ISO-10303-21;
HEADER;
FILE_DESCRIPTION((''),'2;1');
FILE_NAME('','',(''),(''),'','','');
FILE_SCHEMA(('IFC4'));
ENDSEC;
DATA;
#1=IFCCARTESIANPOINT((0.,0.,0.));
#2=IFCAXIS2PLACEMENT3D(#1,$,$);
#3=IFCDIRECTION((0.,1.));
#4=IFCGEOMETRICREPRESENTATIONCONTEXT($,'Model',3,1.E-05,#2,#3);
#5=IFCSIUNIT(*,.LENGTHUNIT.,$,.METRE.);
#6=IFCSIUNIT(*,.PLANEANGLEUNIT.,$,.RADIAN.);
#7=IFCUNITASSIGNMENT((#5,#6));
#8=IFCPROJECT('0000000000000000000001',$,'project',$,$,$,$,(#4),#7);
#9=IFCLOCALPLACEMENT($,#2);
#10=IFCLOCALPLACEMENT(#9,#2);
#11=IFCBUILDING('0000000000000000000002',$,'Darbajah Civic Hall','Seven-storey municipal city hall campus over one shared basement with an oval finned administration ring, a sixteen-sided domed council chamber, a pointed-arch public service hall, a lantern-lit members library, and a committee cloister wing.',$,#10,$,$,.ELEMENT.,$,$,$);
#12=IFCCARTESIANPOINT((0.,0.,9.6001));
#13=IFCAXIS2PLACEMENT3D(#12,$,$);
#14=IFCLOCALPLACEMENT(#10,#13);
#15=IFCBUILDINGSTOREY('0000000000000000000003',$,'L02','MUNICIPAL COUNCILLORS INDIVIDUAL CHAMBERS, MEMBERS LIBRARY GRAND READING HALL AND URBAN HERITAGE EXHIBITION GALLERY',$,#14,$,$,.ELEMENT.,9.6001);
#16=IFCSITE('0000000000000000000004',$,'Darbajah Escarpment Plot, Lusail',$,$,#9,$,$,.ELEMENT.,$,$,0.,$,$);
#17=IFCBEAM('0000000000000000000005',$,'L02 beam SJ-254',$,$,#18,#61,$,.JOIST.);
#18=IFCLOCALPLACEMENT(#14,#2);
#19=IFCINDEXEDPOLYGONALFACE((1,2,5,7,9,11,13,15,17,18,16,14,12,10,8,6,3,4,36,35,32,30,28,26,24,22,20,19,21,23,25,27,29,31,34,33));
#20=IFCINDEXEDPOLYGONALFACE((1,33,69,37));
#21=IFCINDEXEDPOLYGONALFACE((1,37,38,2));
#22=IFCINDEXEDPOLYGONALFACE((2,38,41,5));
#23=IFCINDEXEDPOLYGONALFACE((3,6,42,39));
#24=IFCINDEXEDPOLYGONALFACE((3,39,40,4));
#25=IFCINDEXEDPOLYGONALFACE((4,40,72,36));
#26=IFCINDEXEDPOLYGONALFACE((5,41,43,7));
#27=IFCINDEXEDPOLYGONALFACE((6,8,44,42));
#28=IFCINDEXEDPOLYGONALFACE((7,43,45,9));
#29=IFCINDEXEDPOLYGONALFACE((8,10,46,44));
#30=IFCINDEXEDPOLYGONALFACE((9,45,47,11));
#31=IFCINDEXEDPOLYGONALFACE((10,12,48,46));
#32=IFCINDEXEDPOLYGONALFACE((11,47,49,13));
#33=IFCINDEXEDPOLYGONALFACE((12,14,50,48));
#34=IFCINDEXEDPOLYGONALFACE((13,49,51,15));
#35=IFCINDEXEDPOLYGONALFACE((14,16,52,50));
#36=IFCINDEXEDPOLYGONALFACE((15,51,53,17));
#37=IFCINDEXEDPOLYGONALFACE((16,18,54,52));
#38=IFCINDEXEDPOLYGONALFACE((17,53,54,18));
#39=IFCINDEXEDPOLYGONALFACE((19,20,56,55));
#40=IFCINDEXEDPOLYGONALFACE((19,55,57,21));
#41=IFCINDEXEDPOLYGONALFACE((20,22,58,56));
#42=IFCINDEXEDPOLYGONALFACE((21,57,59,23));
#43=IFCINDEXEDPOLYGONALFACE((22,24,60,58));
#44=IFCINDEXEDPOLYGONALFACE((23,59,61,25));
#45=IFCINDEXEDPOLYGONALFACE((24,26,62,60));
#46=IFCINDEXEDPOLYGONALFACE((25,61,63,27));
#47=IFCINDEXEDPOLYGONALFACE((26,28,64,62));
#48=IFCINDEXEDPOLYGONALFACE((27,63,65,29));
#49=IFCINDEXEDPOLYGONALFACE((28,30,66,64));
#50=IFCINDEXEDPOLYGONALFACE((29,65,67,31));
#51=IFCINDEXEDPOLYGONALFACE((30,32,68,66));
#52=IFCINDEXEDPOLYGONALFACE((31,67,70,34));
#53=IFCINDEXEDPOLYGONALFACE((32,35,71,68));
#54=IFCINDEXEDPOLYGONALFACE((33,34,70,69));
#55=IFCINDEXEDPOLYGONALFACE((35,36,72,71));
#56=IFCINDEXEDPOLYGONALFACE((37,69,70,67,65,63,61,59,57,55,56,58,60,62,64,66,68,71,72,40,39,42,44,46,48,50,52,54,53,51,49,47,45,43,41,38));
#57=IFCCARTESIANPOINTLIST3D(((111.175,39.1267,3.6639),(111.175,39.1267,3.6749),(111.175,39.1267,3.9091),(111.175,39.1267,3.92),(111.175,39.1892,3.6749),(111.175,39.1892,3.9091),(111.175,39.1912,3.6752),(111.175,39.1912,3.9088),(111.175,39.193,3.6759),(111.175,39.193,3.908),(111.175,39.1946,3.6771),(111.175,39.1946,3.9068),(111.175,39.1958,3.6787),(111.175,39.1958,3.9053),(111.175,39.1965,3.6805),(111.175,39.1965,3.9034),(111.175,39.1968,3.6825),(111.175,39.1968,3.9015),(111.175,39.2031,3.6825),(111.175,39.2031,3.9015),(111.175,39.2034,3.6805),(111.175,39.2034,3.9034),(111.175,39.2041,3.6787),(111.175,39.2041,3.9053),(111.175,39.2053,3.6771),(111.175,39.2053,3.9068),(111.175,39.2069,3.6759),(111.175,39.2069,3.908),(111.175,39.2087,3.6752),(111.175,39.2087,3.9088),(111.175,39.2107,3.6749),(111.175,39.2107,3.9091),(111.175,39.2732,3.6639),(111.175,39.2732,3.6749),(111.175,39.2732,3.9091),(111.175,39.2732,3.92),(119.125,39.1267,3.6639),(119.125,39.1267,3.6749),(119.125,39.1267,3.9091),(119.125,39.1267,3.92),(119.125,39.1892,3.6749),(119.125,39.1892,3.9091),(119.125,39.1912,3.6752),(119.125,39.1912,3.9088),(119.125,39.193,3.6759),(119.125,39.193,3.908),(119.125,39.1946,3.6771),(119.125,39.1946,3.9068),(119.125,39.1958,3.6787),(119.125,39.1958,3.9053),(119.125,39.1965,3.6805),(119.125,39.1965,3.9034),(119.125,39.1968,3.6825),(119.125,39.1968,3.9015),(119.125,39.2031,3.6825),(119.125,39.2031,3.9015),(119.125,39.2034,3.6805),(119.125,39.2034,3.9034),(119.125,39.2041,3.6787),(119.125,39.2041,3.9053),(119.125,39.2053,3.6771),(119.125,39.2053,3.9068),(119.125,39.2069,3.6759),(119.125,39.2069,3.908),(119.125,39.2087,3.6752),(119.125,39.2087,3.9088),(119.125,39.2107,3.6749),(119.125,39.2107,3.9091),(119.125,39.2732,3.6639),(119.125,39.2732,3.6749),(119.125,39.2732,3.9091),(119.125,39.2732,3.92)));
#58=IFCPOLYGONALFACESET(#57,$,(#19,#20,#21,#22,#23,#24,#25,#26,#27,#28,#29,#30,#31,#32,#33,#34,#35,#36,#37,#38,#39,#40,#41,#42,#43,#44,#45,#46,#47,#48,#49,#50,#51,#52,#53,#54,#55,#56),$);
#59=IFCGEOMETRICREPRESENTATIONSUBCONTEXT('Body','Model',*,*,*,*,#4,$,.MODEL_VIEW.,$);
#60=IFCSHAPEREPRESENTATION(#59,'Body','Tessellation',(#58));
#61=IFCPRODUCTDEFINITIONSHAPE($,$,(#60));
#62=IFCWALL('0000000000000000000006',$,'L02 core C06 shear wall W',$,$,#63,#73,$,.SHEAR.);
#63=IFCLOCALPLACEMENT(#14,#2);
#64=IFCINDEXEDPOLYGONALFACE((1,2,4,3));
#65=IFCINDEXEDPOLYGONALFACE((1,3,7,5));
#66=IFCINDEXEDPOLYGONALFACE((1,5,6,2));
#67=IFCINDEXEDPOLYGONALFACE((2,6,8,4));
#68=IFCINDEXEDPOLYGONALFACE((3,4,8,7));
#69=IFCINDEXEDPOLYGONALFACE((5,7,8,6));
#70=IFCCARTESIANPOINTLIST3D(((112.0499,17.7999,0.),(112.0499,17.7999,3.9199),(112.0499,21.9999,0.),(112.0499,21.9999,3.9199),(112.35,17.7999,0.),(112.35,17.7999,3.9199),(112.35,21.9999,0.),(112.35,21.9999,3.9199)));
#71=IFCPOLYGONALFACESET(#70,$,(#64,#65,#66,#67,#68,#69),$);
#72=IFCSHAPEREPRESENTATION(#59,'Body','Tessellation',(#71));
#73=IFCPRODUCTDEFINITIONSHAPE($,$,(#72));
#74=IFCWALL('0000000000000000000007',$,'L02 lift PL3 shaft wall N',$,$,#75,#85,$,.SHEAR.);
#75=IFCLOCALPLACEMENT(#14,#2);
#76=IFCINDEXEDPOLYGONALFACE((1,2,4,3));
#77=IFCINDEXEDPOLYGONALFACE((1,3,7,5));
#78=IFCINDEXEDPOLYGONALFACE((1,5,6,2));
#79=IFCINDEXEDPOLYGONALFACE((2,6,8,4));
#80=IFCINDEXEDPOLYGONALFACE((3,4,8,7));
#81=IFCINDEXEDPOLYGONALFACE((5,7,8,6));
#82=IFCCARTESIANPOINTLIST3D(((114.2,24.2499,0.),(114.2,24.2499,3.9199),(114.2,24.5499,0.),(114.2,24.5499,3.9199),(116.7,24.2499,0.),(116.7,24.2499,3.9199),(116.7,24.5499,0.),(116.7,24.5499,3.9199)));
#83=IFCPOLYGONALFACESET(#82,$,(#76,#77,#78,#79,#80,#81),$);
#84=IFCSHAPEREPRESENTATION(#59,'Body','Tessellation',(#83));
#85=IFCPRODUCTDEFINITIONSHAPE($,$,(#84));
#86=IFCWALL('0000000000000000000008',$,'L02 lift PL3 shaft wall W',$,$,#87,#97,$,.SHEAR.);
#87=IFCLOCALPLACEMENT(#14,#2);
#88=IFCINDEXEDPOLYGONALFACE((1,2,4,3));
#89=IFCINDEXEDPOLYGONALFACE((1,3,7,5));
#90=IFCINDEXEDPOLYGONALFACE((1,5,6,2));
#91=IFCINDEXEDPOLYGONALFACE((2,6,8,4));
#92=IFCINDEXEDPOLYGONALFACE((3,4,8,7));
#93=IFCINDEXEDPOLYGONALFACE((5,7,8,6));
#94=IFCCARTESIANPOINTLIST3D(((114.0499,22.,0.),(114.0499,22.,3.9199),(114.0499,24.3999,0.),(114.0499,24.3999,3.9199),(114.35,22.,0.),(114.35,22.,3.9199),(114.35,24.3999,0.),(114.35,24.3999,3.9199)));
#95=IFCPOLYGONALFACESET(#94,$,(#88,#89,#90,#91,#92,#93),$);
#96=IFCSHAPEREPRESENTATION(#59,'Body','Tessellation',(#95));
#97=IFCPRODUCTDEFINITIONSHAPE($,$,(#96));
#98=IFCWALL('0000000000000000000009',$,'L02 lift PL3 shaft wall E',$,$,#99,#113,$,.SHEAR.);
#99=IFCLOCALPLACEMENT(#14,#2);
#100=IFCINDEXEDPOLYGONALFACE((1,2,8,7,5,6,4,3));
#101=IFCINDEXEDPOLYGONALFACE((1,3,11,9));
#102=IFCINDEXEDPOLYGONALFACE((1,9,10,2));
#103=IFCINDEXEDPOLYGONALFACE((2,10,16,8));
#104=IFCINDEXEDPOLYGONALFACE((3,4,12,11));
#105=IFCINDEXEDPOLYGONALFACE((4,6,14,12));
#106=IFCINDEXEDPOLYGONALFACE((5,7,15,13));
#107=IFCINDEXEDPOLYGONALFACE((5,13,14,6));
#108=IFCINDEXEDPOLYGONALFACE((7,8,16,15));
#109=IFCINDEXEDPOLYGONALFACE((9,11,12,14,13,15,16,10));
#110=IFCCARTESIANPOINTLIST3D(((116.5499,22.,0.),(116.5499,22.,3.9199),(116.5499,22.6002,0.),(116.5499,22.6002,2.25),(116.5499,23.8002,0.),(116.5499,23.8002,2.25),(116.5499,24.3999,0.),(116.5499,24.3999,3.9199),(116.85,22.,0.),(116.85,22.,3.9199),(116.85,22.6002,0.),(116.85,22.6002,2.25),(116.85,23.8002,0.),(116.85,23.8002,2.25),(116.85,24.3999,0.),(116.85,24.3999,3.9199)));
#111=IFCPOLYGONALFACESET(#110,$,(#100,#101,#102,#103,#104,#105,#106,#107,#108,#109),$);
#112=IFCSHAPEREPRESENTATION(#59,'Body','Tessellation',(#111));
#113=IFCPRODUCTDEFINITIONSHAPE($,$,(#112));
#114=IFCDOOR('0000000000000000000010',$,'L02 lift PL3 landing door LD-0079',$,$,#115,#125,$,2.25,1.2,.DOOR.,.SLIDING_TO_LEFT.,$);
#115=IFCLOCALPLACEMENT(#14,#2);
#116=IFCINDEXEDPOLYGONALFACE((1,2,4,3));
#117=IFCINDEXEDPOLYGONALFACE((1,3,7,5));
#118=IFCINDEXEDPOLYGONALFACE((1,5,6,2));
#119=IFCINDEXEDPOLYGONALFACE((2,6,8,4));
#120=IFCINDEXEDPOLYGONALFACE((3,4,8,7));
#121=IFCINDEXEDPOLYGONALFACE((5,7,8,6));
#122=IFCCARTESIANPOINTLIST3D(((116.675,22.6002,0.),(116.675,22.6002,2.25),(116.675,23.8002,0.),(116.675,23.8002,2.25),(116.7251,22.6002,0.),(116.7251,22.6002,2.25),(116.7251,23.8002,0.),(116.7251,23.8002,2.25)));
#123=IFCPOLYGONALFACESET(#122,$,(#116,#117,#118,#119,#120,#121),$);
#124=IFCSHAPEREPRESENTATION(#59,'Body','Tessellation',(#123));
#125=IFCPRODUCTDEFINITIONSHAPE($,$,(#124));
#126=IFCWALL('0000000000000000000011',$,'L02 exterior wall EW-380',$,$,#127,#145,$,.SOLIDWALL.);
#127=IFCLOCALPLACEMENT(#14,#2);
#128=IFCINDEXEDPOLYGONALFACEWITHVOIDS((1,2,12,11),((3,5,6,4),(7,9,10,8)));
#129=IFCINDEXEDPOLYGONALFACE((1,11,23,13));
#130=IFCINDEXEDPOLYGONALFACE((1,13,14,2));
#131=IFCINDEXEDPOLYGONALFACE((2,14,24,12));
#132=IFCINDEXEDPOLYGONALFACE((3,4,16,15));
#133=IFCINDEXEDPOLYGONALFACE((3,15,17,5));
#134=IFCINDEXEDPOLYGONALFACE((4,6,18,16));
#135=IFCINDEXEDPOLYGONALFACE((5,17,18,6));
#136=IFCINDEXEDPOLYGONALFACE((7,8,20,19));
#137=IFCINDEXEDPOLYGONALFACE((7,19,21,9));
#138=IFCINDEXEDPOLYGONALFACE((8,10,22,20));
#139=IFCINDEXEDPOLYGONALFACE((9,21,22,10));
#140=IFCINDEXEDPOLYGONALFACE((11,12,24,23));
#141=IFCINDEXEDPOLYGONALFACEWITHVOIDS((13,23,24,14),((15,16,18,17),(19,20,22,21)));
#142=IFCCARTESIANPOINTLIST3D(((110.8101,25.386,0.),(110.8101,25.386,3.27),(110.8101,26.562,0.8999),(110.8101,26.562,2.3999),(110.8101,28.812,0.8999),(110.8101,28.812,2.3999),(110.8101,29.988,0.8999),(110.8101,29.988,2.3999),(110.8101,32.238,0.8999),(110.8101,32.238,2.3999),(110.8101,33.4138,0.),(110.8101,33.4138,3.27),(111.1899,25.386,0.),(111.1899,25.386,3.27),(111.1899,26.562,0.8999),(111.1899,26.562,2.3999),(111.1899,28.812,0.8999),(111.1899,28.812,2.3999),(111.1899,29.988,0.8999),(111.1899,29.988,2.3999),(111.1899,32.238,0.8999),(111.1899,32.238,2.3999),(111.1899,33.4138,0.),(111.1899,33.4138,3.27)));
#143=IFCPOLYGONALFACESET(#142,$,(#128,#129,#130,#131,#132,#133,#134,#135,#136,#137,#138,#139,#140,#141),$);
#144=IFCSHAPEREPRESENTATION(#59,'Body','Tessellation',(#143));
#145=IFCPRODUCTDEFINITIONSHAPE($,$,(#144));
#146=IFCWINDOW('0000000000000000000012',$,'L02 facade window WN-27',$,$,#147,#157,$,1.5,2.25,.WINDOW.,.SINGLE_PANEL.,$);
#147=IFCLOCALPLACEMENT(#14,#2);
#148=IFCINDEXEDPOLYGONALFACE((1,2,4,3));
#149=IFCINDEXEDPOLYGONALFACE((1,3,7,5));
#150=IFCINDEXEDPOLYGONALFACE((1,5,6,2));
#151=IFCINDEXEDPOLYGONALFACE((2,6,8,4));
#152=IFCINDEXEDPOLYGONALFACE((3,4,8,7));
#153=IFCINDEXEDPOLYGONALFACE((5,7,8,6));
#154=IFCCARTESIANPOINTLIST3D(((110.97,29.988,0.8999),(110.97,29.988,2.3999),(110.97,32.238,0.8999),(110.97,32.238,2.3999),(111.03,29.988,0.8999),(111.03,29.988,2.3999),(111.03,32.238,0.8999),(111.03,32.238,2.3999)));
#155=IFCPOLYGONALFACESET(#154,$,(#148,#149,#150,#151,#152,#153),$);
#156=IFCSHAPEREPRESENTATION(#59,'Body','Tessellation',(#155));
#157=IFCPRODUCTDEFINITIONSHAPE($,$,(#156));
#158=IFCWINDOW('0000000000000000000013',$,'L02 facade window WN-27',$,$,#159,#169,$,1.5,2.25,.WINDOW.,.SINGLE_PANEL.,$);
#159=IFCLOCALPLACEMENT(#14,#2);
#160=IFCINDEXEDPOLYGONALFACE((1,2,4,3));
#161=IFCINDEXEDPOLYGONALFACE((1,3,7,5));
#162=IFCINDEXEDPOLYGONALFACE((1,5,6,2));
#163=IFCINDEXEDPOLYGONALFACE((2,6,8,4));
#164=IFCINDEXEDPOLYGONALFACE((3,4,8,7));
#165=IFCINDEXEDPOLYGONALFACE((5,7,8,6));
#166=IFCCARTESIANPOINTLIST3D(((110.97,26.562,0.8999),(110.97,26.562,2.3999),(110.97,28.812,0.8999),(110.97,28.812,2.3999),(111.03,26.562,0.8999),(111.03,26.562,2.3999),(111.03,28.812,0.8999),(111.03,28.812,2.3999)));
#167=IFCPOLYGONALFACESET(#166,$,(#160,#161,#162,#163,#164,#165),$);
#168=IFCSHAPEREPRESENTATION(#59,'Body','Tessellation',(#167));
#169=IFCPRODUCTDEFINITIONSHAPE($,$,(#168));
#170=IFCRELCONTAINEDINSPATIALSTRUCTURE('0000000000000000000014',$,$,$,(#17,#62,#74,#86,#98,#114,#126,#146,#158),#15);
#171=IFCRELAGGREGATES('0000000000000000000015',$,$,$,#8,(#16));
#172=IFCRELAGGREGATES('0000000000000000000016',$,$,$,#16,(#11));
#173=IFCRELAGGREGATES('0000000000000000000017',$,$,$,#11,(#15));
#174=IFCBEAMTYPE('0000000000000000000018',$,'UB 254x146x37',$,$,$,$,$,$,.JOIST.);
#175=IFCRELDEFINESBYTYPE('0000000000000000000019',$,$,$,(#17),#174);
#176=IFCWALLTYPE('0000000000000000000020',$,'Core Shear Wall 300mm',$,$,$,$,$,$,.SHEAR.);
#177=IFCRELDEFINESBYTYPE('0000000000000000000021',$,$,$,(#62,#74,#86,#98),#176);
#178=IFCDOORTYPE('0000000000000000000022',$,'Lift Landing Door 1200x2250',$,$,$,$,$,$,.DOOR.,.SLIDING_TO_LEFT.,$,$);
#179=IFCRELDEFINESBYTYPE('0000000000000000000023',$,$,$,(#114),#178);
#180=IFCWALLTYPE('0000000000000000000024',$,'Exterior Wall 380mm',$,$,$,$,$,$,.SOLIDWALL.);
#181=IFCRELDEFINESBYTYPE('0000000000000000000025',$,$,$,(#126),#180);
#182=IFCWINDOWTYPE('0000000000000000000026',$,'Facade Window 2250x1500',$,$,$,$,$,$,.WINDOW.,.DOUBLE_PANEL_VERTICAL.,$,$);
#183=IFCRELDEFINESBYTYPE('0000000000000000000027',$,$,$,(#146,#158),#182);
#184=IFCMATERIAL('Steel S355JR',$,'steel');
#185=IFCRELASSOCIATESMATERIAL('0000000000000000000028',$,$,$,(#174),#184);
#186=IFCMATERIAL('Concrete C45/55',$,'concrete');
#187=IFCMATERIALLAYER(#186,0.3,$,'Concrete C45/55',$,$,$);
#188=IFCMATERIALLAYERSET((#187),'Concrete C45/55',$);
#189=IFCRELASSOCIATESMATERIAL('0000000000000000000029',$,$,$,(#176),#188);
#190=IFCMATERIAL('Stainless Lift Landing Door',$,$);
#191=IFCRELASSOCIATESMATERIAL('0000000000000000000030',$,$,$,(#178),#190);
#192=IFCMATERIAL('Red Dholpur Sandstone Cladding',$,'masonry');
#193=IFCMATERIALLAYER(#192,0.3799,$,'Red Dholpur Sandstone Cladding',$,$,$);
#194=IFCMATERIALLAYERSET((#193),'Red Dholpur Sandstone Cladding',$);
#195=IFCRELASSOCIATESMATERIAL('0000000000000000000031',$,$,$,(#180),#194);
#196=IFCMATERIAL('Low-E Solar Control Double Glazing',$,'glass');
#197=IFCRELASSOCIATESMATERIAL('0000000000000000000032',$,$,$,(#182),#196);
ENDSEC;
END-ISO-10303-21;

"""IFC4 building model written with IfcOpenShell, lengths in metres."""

from ifc_helpers import new_model, si_unit, direction, frame, frame_2d, origin, origin_2d, place, context, subcontext, project, spatial, rectangle, i_section, extrude, material, layer, layer_set, material_profile, profile_set, type_object, element, fill, save


model = new_model("IFC4")

# Units and contexts
model_context = context("Model", 3, precision=1e-05, world=origin(), true_north=direction((0.0, 1.0)))
body_context = subcontext(model_context, "Body", "Model", "MODEL_VIEW")
ifc_project = project(units=[si_unit("LENGTHUNIT", "METRE"), si_unit("PLANEANGLEUNIT", "RADIAN")], contexts=[model_context])

# Site, building, storey
site_placement = place(None, origin())
site = spatial("IfcSite", under=ifc_project, at=site_placement, Name="Darbajah Escarpment Plot, Lusail", CompositionType="ELEMENT", RefElevation=0.0)
building_placement = place(site_placement, origin())
building = spatial("IfcBuilding", under=site, at=building_placement, Name="Darbajah Civic Hall", Description="Seven-storey municipal city hall campus over one shared basement with an oval finned administration ring, a sixteen-sided domed council chamber, a pointed-arch public service hall, a lantern-lit members library, and a committee cloister wing.", CompositionType="ELEMENT")
storey_placement = place(building_placement, frame((0.0, 0.0, 9.6001)))
storey = spatial("IfcBuildingStorey", under=building, at=storey_placement, Name="L02", Description="MUNICIPAL COUNCILLORS INDIVIDUAL CHAMBERS, MEMBERS LIBRARY GRAND READING HALL AND URBAN HERITAGE EXHIBITION GALLERY", CompositionType="ELEMENT", Elevation=9.6001)

# Shared definitions
ifc_material_1 = material(Name="Steel S355JR", Category="steel")

# Beam
ifc_material_2 = material(Name="Concrete C45/55", Category="concrete")
ifc_material_profile_1 = material_profile(ifc_material_1, i_section(OverallWidth=0.1465, OverallDepth=0.2561, WebThickness=0.0063, FlangeThickness=0.011, FilletRadius=0.0076, at=origin_2d()), Name="UB 254x146x37")
ifc_profile_set_1 = profile_set([ifc_material_profile_1], Name="Steel S355JR")
beam_type_1 = type_object("IfcBeamType", Name="UB 254x146x37", PredefinedType="JOIST", material=ifc_profile_set_1)
for number, where, z_axis, x_axis, name in (
    (1, (111.175, 39.2, 3.792), (1.0, 0.0, 0.0), (0.0, 1.0, 0.0), "L02 beam SJ-254"),
):
    element("IfcBeam", number, at=place(storey_placement, frame(where, z_axis=z_axis, x_axis=x_axis)), inside=storey, type_object=beam_type_1, Name=name, PredefinedType="JOIST", context=body_context, shape_type="SweptSolid", body=[
        extrude(i_section(OverallWidth=0.1465, OverallDepth=0.2561, WebThickness=0.0063, FlangeThickness=0.011, FilletRadius=0.0076, at=origin_2d()), origin(), (0.0, 0.0, 1.0), 7.95),
    ])

# Walls
ifc_layer_1 = layer(ifc_material_2, 0.3, Name="Concrete C45/55")
ifc_layer_set_1 = layer_set([ifc_layer_1], Name="Concrete C45/55")
wall_type_1 = type_object("IfcWallType", Name="Core Shear Wall 300mm", PredefinedType="SHEAR", material=ifc_layer_set_1)
wall_1_placement = place(storey_placement, frame((112.2, 22.0, 0.0), z_axis=(0.0, 0.0, 1.0), x_axis=(0.0, -1.0, 0.0)))
element("IfcWall", 2, at=wall_1_placement, inside=storey, type_object=wall_type_1, Name="L02 core C06 shear wall W", PredefinedType="SHEAR", context=body_context, shape_type="SweptSolid", body=[
    extrude(rectangle(XDim=4.2, YDim=0.3, at=frame_2d((2.1001, 0.0))), origin(), (0.0, 0.0, 1.0), 3.9199),
])
wall_2_placement = place(storey_placement, frame((116.7, 24.3999, 0.0), z_axis=(0.0, 0.0, 1.0), x_axis=(-1.0, 0.0, 0.0)))
element("IfcWall", 3, at=wall_2_placement, inside=storey, type_object=wall_type_1, Name="L02 lift PL3 shaft wall N", PredefinedType="SHEAR", context=body_context, shape_type="SweptSolid", body=[
    extrude(rectangle(XDim=2.5, YDim=0.3, at=frame_2d((1.25, 0.0))), origin(), (0.0, 0.0, 1.0), 3.9199),
])
wall_3_placement = place(storey_placement, frame((114.2, 24.3999, 0.0), z_axis=(0.0, 0.0, 1.0), x_axis=(0.0, -1.0, 0.0)))
element("IfcWall", 4, at=wall_3_placement, inside=storey, type_object=wall_type_1, Name="L02 lift PL3 shaft wall W", PredefinedType="SHEAR", context=body_context, shape_type="SweptSolid", body=[
    extrude(rectangle(XDim=2.3999, YDim=0.3, at=frame_2d((1.2, 0.0))), origin(), (0.0, 0.0, 1.0), 3.9199),
])

# Wall, opening, door
wall_4_placement = place(storey_placement, frame((116.7, 22.0, 0.0), z_axis=(0.0, 0.0, 1.0), x_axis=(0.0, 1.0, 0.0)))
wall_4 = element("IfcWall", 5, at=wall_4_placement, inside=storey, type_object=wall_type_1, Name="L02 lift PL3 shaft wall E", PredefinedType="SHEAR", context=body_context, shape_type="SweptSolid", body=[
    extrude(rectangle(XDim=2.3999, YDim=0.3, at=frame_2d((1.2, 0.0))), origin(), (0.0, 0.0, 1.0), 3.9199),
])
opening_1_placement = place(wall_4_placement, frame((0.6001, 0.0, 0.0)))
opening_1 = element("IfcOpeningElement", 6, at=opening_1_placement, cuts=wall_4, PredefinedType="OPENING", context=body_context, shape_type="SweptSolid", body=[
    extrude(rectangle(XDim=1.2, YDim=2.25, at=frame_2d((0.6001, 1.125))), frame((0.0, 0.1599, 0.0), z_axis=(0.0, -1.0, 0.0), x_axis=(1.0, 0.0, 0.0)), (0.0, 0.0, 1.0), 0.3201),
])
ifc_material_3 = material(Name="Stainless Lift Landing Door")
door_type = type_object("IfcDoorType", Name="Lift Landing Door 1200x2250", OperationType="SLIDING_TO_LEFT", PredefinedType="DOOR", material=ifc_material_3)
door_placement = place(opening_1_placement, origin())
door = element("IfcDoor", 7, at=door_placement, inside=storey, type_object=door_type, Name="L02 lift PL3 landing door LD-0079", OperationType="SLIDING_TO_LEFT", OverallHeight=2.25, OverallWidth=1.2, PredefinedType="DOOR", context=body_context, shape_type="SweptSolid", body=[
    extrude(rectangle(XDim=1.2, YDim=2.25, at=frame_2d((0.6001, 1.125))), frame((0.0, 0.0249, 0.0), z_axis=(0.0, -1.0, 0.0), x_axis=(1.0, 0.0, 0.0)), (0.0, 0.0, 1.0), 0.05),
])
fill(opening_1, door)

# Wall, openings, windows
ifc_material_4 = material(Name="Red Dholpur Sandstone Cladding", Category="masonry")
ifc_layer_2 = layer(ifc_material_4, 0.3799, Name="Red Dholpur Sandstone Cladding")
ifc_layer_set_2 = layer_set([ifc_layer_2], Name="Red Dholpur Sandstone Cladding")
wall_type_2 = type_object("IfcWallType", Name="Exterior Wall 380mm", PredefinedType="SOLIDWALL", material=ifc_layer_set_2)
wall_5_placement = place(storey_placement, frame((111.0, 33.4138, 0.0), z_axis=(0.0, 0.0, 1.0), x_axis=(0.0, -1.0, 0.0)))
wall_5 = element("IfcWall", 8, at=wall_5_placement, inside=storey, type_object=wall_type_2, Name="L02 exterior wall EW-380", PredefinedType="SOLIDWALL", context=body_context, shape_type="SweptSolid", body=[
    extrude(rectangle(XDim=8.0278, YDim=0.3799, at=frame_2d((4.0139, 0.0))), origin(), (0.0, 0.0, 1.0), 3.27),
])
opening_2_placement = place(wall_5_placement, frame((1.1758, 0.0, 0.8999)))
opening_2 = element("IfcOpeningElement", 9, at=opening_2_placement, cuts=wall_5, PredefinedType="OPENING", context=body_context, shape_type="SweptSolid", body=[
    extrude(rectangle(XDim=2.25, YDim=1.5, at=frame_2d((1.125, 0.75))), frame((0.0, 0.2, 0.0), z_axis=(0.0, -1.0, 0.0), x_axis=(1.0, 0.0, 0.0)), (0.0, 0.0, 1.0), 0.3999),
])
opening_3_placement = place(wall_5_placement, frame((4.6018, 0.0, 0.8999)))
opening_3 = element("IfcOpeningElement", 10, at=opening_3_placement, cuts=wall_5, PredefinedType="OPENING", context=body_context, shape_type="SweptSolid", body=[
    extrude(rectangle(XDim=2.25, YDim=1.5, at=frame_2d((1.125, 0.75))), frame((0.0, 0.2, 0.0), z_axis=(0.0, -1.0, 0.0), x_axis=(1.0, 0.0, 0.0)), (0.0, 0.0, 1.0), 0.3999),
])
ifc_material_5 = material(Name="Low-E Solar Control Double Glazing", Category="glass")
window_type_1 = type_object("IfcWindowType", Name="Facade Window 2250x1500", PartitioningType="DOUBLE_PANEL_VERTICAL", PredefinedType="WINDOW", material=ifc_material_5)
window_1_placement = place(opening_2_placement, origin())
window_1 = element("IfcWindow", 11, at=window_1_placement, inside=storey, type_object=window_type_1, Name="L02 facade window WN-27", OverallHeight=1.5, OverallWidth=2.25, PartitioningType="SINGLE_PANEL", PredefinedType="WINDOW", context=body_context, shape_type="SweptSolid", body=[
    extrude(rectangle(XDim=2.25, YDim=1.5, at=frame_2d((1.125, 0.75))), frame((0.0, 0.03, 0.0), z_axis=(0.0, -1.0, 0.0), x_axis=(1.0, 0.0, 0.0)), (0.0, 0.0, 1.0), 0.0601),
])
fill(opening_2, window_1)
window_2_placement = place(opening_3_placement, origin())
window_2 = element("IfcWindow", 12, at=window_2_placement, inside=storey, type_object=window_type_1, Name="L02 facade window WN-27", OverallHeight=1.5, OverallWidth=2.25, PartitioningType="SINGLE_PANEL", PredefinedType="WINDOW", context=body_context, shape_type="SweptSolid", body=[
    extrude(rectangle(XDim=2.25, YDim=1.5, at=frame_2d((1.125, 0.75))), frame((0.0, 0.03, 0.0), z_axis=(0.0, -1.0, 0.0), x_axis=(1.0, 0.0, 0.0)), (0.0, 0.0, 1.0), 0.0601),
])
fill(opening_3, window_2)

save(model, "model.ifc")
